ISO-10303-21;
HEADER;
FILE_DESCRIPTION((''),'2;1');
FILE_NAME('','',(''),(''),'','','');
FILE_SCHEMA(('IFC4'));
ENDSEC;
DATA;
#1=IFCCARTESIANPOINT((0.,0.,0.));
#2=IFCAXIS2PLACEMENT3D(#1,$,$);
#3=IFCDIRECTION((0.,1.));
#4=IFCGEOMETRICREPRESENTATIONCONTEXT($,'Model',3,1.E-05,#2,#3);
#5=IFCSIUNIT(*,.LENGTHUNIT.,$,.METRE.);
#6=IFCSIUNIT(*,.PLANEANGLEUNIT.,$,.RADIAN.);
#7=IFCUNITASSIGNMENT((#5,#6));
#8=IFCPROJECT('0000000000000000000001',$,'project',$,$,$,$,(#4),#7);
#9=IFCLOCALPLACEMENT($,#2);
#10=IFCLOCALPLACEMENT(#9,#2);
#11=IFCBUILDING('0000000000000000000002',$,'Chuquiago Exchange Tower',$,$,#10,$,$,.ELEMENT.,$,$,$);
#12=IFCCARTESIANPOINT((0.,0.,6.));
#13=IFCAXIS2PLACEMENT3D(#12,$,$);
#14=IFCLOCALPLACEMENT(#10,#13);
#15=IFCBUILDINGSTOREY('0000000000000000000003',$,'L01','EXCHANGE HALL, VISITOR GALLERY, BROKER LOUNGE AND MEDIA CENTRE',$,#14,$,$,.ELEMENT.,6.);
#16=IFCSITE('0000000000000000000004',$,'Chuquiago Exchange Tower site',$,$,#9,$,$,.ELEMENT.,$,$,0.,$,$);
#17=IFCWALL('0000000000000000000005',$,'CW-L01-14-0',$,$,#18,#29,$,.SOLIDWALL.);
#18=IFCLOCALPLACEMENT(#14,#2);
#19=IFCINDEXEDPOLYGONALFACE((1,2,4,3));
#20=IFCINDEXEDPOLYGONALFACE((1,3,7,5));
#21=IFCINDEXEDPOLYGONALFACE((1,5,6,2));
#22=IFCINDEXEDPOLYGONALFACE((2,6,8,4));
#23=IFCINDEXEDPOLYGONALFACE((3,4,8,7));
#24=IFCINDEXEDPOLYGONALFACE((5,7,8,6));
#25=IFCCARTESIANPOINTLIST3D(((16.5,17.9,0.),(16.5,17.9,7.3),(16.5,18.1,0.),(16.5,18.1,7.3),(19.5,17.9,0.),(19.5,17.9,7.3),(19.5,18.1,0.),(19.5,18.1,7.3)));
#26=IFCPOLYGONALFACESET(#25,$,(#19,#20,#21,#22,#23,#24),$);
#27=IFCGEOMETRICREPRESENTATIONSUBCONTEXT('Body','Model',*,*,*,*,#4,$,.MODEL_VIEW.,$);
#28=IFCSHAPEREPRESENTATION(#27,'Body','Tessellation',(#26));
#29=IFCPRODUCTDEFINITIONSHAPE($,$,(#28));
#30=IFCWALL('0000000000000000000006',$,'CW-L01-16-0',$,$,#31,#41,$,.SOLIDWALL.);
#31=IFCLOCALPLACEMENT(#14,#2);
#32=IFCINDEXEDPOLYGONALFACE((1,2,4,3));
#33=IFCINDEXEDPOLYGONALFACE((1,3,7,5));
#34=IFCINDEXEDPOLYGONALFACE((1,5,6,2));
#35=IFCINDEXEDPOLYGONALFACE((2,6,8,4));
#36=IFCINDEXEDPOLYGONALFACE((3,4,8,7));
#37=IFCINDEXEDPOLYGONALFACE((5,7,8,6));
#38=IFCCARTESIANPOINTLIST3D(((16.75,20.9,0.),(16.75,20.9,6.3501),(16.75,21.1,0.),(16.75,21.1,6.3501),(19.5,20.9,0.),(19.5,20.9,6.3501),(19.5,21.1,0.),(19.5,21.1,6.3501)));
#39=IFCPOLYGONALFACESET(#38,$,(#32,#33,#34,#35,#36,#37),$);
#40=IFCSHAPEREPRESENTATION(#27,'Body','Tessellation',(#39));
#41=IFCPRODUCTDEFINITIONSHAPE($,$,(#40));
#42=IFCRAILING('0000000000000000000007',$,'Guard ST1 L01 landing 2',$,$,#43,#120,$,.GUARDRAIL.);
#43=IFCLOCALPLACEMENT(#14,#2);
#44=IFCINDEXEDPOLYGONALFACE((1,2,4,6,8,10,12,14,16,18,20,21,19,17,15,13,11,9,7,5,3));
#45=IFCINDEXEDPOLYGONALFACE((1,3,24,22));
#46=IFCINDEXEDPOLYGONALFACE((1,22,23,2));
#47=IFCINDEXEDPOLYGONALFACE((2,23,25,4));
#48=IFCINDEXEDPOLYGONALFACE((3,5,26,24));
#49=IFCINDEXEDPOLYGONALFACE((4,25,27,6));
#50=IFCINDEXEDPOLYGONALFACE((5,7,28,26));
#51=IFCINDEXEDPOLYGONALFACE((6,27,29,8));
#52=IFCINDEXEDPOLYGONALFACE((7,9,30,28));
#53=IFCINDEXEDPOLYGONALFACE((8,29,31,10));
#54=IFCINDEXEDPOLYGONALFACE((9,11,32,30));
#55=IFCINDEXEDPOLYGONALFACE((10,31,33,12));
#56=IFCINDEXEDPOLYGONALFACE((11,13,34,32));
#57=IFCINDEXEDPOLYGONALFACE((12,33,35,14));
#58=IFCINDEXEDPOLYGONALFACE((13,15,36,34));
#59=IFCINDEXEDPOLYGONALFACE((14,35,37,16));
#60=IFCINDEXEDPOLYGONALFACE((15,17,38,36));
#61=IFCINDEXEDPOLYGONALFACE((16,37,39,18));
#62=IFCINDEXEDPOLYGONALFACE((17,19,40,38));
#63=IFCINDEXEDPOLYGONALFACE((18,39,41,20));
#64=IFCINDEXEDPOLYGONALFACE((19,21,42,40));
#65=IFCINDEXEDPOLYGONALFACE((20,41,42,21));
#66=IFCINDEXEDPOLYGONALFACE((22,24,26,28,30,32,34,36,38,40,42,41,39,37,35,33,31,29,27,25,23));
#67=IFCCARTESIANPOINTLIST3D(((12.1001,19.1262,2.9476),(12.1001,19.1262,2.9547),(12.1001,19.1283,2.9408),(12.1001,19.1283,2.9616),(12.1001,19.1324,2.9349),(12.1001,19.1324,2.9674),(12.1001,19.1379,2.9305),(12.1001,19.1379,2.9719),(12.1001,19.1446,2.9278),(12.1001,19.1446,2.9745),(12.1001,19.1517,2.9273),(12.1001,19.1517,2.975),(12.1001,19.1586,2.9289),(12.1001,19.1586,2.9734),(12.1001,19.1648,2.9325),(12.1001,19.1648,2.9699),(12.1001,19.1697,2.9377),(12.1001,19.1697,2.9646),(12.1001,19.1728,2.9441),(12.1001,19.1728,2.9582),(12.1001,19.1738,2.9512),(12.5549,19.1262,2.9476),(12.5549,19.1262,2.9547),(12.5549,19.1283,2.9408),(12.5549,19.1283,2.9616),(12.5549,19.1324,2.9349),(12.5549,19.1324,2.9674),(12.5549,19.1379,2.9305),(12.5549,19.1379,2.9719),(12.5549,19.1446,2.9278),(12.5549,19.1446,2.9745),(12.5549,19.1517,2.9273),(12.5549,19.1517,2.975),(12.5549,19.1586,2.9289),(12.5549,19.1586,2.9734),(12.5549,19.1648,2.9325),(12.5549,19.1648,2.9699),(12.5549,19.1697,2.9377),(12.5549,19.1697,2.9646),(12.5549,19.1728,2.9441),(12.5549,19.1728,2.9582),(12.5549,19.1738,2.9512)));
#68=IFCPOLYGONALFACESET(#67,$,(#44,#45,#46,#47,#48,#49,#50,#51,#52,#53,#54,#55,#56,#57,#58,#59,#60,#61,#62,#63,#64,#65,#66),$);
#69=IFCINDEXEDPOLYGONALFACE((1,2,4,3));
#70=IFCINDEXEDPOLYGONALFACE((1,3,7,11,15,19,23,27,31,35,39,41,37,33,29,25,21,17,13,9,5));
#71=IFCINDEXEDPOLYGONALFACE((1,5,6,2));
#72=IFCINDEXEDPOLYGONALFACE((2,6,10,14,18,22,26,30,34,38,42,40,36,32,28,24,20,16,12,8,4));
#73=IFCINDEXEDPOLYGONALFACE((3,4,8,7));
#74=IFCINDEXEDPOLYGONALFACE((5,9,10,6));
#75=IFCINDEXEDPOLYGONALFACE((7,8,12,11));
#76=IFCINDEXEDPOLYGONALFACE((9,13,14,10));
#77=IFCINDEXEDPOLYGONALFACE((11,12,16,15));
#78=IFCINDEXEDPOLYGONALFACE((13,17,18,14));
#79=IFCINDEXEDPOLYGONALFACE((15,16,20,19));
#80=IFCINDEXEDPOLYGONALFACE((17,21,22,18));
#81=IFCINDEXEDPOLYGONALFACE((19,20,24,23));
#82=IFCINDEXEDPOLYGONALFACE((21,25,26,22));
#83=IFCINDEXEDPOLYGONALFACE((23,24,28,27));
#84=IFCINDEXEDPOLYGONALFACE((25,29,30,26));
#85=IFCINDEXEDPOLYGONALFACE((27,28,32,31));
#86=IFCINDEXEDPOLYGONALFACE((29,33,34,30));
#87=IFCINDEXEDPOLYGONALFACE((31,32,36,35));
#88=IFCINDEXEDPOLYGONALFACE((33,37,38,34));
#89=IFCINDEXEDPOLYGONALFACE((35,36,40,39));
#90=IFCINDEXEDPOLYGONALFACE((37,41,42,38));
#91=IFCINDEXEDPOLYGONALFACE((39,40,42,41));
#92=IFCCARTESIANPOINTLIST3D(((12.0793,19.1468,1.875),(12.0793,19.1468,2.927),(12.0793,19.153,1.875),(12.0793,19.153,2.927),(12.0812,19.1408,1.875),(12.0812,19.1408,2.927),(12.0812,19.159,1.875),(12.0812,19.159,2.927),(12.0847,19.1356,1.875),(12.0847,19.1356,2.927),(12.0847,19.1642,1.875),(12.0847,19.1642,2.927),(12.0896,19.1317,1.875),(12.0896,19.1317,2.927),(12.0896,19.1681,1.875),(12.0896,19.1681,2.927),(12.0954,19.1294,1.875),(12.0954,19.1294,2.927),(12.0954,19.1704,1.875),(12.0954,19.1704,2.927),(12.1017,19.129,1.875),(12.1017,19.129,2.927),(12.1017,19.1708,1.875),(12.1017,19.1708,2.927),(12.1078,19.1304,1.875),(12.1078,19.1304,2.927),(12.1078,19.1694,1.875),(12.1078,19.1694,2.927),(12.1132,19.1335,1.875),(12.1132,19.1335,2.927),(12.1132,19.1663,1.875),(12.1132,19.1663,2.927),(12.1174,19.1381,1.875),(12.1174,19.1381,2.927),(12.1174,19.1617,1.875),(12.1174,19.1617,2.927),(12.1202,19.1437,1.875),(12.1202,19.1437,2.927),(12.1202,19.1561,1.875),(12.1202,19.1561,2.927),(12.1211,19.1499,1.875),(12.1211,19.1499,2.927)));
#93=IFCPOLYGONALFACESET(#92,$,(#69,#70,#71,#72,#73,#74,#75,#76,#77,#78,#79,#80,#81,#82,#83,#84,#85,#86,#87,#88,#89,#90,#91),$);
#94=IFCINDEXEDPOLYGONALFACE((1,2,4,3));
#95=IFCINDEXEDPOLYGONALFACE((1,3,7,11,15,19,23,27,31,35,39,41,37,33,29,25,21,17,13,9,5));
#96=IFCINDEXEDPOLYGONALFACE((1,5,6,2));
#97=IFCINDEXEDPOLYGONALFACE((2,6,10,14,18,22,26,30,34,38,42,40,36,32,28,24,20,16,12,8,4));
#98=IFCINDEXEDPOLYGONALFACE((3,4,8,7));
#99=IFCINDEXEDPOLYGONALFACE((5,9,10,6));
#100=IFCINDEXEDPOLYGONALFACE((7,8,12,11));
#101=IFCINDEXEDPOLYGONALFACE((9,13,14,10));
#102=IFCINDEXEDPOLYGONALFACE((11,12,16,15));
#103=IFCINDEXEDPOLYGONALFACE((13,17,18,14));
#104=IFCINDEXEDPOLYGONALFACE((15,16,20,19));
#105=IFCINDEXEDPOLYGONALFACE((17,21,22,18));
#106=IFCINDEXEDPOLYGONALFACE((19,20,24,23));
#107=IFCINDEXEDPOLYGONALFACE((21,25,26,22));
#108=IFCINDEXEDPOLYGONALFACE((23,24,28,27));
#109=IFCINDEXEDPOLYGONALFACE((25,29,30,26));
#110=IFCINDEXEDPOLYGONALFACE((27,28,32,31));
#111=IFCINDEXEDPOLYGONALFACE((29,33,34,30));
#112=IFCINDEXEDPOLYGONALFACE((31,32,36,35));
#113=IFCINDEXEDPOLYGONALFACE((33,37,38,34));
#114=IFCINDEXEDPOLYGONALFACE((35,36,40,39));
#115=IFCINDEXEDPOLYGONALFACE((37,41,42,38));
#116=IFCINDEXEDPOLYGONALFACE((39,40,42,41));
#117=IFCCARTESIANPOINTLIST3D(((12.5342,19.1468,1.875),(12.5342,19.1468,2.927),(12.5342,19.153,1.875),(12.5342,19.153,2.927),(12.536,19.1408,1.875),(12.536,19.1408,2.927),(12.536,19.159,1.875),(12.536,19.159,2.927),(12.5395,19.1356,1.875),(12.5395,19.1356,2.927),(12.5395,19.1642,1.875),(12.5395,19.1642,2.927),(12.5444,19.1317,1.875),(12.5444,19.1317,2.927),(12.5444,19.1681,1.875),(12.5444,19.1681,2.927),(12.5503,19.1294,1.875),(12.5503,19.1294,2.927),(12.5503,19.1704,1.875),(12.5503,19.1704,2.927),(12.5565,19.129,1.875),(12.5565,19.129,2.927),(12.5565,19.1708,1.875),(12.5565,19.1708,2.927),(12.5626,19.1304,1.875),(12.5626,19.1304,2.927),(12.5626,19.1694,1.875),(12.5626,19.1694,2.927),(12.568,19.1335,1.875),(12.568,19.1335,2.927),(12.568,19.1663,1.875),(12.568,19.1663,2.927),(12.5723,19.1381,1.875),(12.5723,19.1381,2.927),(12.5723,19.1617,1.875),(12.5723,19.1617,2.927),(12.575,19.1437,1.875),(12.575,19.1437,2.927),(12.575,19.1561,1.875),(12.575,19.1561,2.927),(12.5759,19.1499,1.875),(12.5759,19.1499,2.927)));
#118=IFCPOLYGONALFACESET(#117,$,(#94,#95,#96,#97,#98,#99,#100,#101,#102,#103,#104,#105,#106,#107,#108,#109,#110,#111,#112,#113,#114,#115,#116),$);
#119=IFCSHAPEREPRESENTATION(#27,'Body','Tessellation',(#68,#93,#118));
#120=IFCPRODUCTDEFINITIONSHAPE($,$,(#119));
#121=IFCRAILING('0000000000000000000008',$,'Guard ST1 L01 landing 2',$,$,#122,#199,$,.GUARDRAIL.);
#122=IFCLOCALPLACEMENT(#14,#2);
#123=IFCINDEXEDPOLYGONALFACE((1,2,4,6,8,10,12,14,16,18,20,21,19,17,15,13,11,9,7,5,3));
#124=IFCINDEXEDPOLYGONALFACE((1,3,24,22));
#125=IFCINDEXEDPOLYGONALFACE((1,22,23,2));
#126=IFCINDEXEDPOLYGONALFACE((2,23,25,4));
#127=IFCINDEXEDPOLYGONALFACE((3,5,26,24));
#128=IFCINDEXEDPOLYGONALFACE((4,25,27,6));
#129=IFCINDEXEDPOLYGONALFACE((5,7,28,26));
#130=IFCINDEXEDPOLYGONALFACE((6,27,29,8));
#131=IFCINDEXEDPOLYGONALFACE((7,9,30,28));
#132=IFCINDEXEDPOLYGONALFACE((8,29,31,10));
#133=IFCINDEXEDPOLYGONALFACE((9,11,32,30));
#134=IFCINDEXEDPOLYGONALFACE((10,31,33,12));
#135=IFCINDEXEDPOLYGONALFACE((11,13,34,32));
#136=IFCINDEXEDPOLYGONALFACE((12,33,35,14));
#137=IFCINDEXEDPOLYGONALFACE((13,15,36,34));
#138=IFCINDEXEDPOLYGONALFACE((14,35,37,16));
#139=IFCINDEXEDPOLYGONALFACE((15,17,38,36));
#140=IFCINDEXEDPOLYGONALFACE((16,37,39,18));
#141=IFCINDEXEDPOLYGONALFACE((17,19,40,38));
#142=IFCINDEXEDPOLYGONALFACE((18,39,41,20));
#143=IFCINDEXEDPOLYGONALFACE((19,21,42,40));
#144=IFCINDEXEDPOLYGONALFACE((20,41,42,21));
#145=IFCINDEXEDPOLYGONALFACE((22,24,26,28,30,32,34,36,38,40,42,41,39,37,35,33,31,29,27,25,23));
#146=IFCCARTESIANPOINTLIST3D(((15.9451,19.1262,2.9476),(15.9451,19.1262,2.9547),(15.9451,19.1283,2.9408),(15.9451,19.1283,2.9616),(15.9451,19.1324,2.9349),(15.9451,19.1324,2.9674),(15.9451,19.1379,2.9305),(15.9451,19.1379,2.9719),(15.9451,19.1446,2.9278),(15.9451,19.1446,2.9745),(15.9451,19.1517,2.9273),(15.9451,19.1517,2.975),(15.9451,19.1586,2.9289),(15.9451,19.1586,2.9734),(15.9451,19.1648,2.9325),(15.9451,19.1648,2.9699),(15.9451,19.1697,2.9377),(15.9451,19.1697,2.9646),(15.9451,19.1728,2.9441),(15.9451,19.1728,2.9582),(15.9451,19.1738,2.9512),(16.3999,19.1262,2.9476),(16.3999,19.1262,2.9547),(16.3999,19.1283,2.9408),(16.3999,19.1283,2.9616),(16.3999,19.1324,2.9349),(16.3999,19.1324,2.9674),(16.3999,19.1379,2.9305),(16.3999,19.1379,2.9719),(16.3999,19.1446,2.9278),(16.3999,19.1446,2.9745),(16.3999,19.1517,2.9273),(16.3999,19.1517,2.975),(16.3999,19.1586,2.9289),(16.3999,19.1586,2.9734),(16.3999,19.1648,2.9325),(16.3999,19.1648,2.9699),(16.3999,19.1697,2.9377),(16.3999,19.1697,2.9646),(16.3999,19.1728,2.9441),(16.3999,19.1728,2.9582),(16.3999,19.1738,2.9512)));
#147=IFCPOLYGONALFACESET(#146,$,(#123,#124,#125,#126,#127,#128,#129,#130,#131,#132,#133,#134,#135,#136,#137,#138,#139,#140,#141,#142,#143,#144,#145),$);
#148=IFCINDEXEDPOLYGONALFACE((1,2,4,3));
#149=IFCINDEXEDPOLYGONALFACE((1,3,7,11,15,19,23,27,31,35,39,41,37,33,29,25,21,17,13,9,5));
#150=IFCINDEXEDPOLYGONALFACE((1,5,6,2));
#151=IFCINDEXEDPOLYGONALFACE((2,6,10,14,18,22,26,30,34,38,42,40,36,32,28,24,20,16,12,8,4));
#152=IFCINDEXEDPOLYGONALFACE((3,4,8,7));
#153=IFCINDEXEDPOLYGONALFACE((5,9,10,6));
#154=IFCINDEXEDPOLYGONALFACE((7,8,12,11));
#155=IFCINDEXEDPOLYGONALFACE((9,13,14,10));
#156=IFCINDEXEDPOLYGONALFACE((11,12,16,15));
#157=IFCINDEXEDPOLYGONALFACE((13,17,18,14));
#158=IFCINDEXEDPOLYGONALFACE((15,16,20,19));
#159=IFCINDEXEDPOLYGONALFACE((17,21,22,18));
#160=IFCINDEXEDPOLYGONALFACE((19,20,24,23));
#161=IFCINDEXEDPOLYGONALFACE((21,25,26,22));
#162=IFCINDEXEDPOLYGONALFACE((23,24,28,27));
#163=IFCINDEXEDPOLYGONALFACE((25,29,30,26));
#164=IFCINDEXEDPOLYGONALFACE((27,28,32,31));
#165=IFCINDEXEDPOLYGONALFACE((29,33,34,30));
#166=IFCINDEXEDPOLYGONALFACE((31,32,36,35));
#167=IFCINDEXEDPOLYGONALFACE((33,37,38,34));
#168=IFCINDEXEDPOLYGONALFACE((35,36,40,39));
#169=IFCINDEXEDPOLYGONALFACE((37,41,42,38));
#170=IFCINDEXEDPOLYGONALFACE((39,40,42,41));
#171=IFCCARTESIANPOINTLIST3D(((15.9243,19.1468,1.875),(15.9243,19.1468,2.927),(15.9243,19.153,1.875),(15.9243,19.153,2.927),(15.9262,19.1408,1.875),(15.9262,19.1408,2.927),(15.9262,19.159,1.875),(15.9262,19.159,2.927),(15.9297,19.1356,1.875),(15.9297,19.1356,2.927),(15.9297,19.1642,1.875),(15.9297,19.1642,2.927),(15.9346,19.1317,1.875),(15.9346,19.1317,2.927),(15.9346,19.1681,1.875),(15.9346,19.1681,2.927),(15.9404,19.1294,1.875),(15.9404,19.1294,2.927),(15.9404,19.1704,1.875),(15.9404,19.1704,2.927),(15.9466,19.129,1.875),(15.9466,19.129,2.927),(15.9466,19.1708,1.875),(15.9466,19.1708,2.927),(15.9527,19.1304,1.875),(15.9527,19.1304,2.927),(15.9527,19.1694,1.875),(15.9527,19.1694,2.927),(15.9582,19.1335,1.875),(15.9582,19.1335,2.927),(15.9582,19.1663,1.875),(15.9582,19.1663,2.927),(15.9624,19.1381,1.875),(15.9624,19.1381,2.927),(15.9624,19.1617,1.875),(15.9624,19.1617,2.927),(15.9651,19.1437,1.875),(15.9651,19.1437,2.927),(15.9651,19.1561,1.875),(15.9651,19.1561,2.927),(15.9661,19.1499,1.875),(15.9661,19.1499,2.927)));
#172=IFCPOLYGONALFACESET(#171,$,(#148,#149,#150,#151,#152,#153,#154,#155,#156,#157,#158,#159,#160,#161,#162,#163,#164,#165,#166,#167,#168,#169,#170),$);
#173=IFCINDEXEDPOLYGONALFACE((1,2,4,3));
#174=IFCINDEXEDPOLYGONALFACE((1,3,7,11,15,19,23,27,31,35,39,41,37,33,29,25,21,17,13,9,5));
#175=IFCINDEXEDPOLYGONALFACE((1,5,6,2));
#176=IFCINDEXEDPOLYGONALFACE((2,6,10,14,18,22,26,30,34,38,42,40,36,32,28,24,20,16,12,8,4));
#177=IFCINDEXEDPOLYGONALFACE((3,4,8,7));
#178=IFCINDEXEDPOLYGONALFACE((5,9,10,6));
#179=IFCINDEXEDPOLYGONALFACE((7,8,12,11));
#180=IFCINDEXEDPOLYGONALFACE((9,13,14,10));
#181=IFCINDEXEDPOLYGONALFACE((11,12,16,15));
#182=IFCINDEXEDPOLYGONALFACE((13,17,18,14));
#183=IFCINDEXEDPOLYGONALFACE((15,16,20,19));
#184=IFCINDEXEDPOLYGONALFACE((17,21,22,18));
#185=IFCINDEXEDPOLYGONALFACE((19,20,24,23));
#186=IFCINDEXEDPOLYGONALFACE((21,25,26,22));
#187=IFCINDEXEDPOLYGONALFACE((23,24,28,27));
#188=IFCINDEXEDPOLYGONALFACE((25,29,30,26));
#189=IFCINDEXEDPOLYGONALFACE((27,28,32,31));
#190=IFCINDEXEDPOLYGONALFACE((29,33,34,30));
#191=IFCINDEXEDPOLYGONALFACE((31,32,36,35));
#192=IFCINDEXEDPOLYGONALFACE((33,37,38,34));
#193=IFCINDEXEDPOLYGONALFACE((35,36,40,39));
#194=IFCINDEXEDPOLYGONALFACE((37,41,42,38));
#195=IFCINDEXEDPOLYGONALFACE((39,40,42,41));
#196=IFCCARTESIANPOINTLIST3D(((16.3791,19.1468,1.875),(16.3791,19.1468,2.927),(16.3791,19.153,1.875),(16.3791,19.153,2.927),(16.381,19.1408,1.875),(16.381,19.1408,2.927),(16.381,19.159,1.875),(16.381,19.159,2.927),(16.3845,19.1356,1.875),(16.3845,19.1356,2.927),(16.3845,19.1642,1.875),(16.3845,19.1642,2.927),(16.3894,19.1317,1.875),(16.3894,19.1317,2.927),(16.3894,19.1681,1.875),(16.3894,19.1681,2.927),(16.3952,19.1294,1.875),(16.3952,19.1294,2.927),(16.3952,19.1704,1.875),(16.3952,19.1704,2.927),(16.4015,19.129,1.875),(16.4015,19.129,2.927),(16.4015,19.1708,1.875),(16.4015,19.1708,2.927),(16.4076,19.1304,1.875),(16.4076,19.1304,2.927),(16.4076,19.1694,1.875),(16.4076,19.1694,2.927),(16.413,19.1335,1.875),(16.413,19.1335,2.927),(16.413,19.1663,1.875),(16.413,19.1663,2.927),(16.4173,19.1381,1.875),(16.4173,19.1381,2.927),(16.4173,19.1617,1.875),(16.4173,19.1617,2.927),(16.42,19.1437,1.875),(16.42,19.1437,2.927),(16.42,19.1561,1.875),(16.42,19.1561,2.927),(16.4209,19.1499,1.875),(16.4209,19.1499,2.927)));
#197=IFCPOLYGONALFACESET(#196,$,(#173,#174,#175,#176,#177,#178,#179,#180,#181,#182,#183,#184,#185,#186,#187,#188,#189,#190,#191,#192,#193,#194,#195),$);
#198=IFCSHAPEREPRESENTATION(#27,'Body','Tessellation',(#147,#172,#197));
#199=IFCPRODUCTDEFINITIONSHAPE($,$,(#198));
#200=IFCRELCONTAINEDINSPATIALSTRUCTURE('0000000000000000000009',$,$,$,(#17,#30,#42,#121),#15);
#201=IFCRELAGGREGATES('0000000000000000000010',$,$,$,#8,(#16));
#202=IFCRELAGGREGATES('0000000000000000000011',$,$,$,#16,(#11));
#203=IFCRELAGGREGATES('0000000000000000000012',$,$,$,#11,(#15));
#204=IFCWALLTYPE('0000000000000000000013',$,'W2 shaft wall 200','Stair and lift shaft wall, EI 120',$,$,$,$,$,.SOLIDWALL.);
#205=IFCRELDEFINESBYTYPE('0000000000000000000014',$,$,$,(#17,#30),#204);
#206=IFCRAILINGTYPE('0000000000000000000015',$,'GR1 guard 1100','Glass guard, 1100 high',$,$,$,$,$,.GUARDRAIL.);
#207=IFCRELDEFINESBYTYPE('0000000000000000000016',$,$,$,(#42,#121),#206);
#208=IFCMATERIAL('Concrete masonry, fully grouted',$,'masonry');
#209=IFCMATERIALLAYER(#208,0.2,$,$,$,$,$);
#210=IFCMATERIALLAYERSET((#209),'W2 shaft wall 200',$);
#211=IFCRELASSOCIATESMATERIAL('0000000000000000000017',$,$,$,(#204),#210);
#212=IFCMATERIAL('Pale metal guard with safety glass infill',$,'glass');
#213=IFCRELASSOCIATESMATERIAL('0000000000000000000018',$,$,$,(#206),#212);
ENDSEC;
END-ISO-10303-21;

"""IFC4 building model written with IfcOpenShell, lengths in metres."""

from ifc_helpers import new_model, si_unit, direction, frame, frame_2d, origin, origin_2d, place, context, subcontext, project, spatial, rectangle, circle, extrude, material, layer, layer_set, type_object, element, save


model = new_model("IFC4")

# Units and contexts
model_context = context("Model", 3, precision=1e-05, world=origin(), true_north=direction((0.0, 1.0)))
body_context = subcontext(model_context, "Body", "Model", "MODEL_VIEW")
ifc_project = project(units=[si_unit("LENGTHUNIT", "METRE"), si_unit("PLANEANGLEUNIT", "RADIAN")], contexts=[model_context])

# Site, building, storey
site_placement = place(None, origin())
site = spatial("IfcSite", under=ifc_project, at=site_placement, Name="Chuquiago Exchange Tower site", CompositionType="ELEMENT", RefElevation=0.0)
building_placement = place(site_placement, origin())
building = spatial("IfcBuilding", under=site, at=building_placement, Name="Chuquiago Exchange Tower", CompositionType="ELEMENT")
storey_placement = place(building_placement, frame((0.0, 0.0, 6.0)))
storey = spatial("IfcBuildingStorey", under=building, at=storey_placement, Name="L01", Description="EXCHANGE HALL, VISITOR GALLERY, BROKER LOUNGE AND MEDIA CENTRE", CompositionType="ELEMENT", Elevation=6.0)

# Walls
ifc_material_1 = material(Name="Concrete masonry, fully grouted", Category="masonry")
ifc_layer_1 = layer(ifc_material_1, 0.2)
ifc_layer_set_1 = layer_set([ifc_layer_1], Name="W2 shaft wall 200")
wall_type_1 = type_object("IfcWallType", Name="W2 shaft wall 200", Description="Stair and lift shaft wall, EI 120", PredefinedType="SOLIDWALL", material=ifc_layer_set_1)
wall_1_placement = place(storey_placement, frame((16.5, 18.0, 0.0), z_axis=(0.0, 0.0, 1.0), x_axis=(1.0, 0.0, 0.0)))
element("IfcWall", 1, at=wall_1_placement, inside=storey, type_object=wall_type_1, Name="CW-L01-14-0", PredefinedType="SOLIDWALL", context=body_context, shape_type="SweptSolid", body=[
    extrude(rectangle(XDim=3.0, YDim=0.2, at=frame_2d((1.5, 0.0))), origin(), (0.0, 0.0, 1.0), 7.3),
])
wall_2_placement = place(storey_placement, frame((16.75, 21.0, 0.0), z_axis=(0.0, 0.0, 1.0), x_axis=(1.0, 0.0, 0.0)))
element("IfcWall", 2, at=wall_2_placement, inside=storey, type_object=wall_type_1, Name="CW-L01-16-0", PredefinedType="SOLIDWALL", context=body_context, shape_type="SweptSolid", body=[
    extrude(rectangle(XDim=2.75, YDim=0.2, at=frame_2d((1.375, 0.0))), origin(), (0.0, 0.0, 1.0), 6.3501),
])

# Railings
ifc_material_2 = material(Name="Pale metal guard with safety glass infill", Category="glass")
railing_type_1 = type_object("IfcRailingType", Name="GR1 guard 1100", Description="Glass guard, 1100 high", PredefinedType="GUARDRAIL", material=ifc_material_2)
for number, where, name in (
    (3, (12.1001, 19.1499, 1.875), "Guard ST1 L01 landing 2"),
    (4, (15.9451, 19.1499, 1.875), "Guard ST1 L01 landing 2"),
):
    element("IfcRailing", number, at=place(storey_placement, frame(where)), inside=storey, type_object=railing_type_1, Name=name, PredefinedType="GUARDRAIL", context=body_context, shape_type="SweptSolid", body=[
        extrude(circle(Radius=0.0239, at=origin_2d()), frame((0.0, 0.0, 1.0762), z_axis=(1.0, 0.0, 0.0), x_axis=(0.0, 1.0, 0.0)), (0.0, 0.0, 1.0), 0.4548),
        extrude(circle(Radius=0.021, at=origin_2d()), origin(), (0.0, 0.0, 1.0), 1.052),
        extrude(circle(Radius=0.021, at=origin_2d()), frame((0.4548, 0.0, 0.0)), (0.0, 0.0, 1.0), 1.052),
    ])

save(model, "model.ifc")
